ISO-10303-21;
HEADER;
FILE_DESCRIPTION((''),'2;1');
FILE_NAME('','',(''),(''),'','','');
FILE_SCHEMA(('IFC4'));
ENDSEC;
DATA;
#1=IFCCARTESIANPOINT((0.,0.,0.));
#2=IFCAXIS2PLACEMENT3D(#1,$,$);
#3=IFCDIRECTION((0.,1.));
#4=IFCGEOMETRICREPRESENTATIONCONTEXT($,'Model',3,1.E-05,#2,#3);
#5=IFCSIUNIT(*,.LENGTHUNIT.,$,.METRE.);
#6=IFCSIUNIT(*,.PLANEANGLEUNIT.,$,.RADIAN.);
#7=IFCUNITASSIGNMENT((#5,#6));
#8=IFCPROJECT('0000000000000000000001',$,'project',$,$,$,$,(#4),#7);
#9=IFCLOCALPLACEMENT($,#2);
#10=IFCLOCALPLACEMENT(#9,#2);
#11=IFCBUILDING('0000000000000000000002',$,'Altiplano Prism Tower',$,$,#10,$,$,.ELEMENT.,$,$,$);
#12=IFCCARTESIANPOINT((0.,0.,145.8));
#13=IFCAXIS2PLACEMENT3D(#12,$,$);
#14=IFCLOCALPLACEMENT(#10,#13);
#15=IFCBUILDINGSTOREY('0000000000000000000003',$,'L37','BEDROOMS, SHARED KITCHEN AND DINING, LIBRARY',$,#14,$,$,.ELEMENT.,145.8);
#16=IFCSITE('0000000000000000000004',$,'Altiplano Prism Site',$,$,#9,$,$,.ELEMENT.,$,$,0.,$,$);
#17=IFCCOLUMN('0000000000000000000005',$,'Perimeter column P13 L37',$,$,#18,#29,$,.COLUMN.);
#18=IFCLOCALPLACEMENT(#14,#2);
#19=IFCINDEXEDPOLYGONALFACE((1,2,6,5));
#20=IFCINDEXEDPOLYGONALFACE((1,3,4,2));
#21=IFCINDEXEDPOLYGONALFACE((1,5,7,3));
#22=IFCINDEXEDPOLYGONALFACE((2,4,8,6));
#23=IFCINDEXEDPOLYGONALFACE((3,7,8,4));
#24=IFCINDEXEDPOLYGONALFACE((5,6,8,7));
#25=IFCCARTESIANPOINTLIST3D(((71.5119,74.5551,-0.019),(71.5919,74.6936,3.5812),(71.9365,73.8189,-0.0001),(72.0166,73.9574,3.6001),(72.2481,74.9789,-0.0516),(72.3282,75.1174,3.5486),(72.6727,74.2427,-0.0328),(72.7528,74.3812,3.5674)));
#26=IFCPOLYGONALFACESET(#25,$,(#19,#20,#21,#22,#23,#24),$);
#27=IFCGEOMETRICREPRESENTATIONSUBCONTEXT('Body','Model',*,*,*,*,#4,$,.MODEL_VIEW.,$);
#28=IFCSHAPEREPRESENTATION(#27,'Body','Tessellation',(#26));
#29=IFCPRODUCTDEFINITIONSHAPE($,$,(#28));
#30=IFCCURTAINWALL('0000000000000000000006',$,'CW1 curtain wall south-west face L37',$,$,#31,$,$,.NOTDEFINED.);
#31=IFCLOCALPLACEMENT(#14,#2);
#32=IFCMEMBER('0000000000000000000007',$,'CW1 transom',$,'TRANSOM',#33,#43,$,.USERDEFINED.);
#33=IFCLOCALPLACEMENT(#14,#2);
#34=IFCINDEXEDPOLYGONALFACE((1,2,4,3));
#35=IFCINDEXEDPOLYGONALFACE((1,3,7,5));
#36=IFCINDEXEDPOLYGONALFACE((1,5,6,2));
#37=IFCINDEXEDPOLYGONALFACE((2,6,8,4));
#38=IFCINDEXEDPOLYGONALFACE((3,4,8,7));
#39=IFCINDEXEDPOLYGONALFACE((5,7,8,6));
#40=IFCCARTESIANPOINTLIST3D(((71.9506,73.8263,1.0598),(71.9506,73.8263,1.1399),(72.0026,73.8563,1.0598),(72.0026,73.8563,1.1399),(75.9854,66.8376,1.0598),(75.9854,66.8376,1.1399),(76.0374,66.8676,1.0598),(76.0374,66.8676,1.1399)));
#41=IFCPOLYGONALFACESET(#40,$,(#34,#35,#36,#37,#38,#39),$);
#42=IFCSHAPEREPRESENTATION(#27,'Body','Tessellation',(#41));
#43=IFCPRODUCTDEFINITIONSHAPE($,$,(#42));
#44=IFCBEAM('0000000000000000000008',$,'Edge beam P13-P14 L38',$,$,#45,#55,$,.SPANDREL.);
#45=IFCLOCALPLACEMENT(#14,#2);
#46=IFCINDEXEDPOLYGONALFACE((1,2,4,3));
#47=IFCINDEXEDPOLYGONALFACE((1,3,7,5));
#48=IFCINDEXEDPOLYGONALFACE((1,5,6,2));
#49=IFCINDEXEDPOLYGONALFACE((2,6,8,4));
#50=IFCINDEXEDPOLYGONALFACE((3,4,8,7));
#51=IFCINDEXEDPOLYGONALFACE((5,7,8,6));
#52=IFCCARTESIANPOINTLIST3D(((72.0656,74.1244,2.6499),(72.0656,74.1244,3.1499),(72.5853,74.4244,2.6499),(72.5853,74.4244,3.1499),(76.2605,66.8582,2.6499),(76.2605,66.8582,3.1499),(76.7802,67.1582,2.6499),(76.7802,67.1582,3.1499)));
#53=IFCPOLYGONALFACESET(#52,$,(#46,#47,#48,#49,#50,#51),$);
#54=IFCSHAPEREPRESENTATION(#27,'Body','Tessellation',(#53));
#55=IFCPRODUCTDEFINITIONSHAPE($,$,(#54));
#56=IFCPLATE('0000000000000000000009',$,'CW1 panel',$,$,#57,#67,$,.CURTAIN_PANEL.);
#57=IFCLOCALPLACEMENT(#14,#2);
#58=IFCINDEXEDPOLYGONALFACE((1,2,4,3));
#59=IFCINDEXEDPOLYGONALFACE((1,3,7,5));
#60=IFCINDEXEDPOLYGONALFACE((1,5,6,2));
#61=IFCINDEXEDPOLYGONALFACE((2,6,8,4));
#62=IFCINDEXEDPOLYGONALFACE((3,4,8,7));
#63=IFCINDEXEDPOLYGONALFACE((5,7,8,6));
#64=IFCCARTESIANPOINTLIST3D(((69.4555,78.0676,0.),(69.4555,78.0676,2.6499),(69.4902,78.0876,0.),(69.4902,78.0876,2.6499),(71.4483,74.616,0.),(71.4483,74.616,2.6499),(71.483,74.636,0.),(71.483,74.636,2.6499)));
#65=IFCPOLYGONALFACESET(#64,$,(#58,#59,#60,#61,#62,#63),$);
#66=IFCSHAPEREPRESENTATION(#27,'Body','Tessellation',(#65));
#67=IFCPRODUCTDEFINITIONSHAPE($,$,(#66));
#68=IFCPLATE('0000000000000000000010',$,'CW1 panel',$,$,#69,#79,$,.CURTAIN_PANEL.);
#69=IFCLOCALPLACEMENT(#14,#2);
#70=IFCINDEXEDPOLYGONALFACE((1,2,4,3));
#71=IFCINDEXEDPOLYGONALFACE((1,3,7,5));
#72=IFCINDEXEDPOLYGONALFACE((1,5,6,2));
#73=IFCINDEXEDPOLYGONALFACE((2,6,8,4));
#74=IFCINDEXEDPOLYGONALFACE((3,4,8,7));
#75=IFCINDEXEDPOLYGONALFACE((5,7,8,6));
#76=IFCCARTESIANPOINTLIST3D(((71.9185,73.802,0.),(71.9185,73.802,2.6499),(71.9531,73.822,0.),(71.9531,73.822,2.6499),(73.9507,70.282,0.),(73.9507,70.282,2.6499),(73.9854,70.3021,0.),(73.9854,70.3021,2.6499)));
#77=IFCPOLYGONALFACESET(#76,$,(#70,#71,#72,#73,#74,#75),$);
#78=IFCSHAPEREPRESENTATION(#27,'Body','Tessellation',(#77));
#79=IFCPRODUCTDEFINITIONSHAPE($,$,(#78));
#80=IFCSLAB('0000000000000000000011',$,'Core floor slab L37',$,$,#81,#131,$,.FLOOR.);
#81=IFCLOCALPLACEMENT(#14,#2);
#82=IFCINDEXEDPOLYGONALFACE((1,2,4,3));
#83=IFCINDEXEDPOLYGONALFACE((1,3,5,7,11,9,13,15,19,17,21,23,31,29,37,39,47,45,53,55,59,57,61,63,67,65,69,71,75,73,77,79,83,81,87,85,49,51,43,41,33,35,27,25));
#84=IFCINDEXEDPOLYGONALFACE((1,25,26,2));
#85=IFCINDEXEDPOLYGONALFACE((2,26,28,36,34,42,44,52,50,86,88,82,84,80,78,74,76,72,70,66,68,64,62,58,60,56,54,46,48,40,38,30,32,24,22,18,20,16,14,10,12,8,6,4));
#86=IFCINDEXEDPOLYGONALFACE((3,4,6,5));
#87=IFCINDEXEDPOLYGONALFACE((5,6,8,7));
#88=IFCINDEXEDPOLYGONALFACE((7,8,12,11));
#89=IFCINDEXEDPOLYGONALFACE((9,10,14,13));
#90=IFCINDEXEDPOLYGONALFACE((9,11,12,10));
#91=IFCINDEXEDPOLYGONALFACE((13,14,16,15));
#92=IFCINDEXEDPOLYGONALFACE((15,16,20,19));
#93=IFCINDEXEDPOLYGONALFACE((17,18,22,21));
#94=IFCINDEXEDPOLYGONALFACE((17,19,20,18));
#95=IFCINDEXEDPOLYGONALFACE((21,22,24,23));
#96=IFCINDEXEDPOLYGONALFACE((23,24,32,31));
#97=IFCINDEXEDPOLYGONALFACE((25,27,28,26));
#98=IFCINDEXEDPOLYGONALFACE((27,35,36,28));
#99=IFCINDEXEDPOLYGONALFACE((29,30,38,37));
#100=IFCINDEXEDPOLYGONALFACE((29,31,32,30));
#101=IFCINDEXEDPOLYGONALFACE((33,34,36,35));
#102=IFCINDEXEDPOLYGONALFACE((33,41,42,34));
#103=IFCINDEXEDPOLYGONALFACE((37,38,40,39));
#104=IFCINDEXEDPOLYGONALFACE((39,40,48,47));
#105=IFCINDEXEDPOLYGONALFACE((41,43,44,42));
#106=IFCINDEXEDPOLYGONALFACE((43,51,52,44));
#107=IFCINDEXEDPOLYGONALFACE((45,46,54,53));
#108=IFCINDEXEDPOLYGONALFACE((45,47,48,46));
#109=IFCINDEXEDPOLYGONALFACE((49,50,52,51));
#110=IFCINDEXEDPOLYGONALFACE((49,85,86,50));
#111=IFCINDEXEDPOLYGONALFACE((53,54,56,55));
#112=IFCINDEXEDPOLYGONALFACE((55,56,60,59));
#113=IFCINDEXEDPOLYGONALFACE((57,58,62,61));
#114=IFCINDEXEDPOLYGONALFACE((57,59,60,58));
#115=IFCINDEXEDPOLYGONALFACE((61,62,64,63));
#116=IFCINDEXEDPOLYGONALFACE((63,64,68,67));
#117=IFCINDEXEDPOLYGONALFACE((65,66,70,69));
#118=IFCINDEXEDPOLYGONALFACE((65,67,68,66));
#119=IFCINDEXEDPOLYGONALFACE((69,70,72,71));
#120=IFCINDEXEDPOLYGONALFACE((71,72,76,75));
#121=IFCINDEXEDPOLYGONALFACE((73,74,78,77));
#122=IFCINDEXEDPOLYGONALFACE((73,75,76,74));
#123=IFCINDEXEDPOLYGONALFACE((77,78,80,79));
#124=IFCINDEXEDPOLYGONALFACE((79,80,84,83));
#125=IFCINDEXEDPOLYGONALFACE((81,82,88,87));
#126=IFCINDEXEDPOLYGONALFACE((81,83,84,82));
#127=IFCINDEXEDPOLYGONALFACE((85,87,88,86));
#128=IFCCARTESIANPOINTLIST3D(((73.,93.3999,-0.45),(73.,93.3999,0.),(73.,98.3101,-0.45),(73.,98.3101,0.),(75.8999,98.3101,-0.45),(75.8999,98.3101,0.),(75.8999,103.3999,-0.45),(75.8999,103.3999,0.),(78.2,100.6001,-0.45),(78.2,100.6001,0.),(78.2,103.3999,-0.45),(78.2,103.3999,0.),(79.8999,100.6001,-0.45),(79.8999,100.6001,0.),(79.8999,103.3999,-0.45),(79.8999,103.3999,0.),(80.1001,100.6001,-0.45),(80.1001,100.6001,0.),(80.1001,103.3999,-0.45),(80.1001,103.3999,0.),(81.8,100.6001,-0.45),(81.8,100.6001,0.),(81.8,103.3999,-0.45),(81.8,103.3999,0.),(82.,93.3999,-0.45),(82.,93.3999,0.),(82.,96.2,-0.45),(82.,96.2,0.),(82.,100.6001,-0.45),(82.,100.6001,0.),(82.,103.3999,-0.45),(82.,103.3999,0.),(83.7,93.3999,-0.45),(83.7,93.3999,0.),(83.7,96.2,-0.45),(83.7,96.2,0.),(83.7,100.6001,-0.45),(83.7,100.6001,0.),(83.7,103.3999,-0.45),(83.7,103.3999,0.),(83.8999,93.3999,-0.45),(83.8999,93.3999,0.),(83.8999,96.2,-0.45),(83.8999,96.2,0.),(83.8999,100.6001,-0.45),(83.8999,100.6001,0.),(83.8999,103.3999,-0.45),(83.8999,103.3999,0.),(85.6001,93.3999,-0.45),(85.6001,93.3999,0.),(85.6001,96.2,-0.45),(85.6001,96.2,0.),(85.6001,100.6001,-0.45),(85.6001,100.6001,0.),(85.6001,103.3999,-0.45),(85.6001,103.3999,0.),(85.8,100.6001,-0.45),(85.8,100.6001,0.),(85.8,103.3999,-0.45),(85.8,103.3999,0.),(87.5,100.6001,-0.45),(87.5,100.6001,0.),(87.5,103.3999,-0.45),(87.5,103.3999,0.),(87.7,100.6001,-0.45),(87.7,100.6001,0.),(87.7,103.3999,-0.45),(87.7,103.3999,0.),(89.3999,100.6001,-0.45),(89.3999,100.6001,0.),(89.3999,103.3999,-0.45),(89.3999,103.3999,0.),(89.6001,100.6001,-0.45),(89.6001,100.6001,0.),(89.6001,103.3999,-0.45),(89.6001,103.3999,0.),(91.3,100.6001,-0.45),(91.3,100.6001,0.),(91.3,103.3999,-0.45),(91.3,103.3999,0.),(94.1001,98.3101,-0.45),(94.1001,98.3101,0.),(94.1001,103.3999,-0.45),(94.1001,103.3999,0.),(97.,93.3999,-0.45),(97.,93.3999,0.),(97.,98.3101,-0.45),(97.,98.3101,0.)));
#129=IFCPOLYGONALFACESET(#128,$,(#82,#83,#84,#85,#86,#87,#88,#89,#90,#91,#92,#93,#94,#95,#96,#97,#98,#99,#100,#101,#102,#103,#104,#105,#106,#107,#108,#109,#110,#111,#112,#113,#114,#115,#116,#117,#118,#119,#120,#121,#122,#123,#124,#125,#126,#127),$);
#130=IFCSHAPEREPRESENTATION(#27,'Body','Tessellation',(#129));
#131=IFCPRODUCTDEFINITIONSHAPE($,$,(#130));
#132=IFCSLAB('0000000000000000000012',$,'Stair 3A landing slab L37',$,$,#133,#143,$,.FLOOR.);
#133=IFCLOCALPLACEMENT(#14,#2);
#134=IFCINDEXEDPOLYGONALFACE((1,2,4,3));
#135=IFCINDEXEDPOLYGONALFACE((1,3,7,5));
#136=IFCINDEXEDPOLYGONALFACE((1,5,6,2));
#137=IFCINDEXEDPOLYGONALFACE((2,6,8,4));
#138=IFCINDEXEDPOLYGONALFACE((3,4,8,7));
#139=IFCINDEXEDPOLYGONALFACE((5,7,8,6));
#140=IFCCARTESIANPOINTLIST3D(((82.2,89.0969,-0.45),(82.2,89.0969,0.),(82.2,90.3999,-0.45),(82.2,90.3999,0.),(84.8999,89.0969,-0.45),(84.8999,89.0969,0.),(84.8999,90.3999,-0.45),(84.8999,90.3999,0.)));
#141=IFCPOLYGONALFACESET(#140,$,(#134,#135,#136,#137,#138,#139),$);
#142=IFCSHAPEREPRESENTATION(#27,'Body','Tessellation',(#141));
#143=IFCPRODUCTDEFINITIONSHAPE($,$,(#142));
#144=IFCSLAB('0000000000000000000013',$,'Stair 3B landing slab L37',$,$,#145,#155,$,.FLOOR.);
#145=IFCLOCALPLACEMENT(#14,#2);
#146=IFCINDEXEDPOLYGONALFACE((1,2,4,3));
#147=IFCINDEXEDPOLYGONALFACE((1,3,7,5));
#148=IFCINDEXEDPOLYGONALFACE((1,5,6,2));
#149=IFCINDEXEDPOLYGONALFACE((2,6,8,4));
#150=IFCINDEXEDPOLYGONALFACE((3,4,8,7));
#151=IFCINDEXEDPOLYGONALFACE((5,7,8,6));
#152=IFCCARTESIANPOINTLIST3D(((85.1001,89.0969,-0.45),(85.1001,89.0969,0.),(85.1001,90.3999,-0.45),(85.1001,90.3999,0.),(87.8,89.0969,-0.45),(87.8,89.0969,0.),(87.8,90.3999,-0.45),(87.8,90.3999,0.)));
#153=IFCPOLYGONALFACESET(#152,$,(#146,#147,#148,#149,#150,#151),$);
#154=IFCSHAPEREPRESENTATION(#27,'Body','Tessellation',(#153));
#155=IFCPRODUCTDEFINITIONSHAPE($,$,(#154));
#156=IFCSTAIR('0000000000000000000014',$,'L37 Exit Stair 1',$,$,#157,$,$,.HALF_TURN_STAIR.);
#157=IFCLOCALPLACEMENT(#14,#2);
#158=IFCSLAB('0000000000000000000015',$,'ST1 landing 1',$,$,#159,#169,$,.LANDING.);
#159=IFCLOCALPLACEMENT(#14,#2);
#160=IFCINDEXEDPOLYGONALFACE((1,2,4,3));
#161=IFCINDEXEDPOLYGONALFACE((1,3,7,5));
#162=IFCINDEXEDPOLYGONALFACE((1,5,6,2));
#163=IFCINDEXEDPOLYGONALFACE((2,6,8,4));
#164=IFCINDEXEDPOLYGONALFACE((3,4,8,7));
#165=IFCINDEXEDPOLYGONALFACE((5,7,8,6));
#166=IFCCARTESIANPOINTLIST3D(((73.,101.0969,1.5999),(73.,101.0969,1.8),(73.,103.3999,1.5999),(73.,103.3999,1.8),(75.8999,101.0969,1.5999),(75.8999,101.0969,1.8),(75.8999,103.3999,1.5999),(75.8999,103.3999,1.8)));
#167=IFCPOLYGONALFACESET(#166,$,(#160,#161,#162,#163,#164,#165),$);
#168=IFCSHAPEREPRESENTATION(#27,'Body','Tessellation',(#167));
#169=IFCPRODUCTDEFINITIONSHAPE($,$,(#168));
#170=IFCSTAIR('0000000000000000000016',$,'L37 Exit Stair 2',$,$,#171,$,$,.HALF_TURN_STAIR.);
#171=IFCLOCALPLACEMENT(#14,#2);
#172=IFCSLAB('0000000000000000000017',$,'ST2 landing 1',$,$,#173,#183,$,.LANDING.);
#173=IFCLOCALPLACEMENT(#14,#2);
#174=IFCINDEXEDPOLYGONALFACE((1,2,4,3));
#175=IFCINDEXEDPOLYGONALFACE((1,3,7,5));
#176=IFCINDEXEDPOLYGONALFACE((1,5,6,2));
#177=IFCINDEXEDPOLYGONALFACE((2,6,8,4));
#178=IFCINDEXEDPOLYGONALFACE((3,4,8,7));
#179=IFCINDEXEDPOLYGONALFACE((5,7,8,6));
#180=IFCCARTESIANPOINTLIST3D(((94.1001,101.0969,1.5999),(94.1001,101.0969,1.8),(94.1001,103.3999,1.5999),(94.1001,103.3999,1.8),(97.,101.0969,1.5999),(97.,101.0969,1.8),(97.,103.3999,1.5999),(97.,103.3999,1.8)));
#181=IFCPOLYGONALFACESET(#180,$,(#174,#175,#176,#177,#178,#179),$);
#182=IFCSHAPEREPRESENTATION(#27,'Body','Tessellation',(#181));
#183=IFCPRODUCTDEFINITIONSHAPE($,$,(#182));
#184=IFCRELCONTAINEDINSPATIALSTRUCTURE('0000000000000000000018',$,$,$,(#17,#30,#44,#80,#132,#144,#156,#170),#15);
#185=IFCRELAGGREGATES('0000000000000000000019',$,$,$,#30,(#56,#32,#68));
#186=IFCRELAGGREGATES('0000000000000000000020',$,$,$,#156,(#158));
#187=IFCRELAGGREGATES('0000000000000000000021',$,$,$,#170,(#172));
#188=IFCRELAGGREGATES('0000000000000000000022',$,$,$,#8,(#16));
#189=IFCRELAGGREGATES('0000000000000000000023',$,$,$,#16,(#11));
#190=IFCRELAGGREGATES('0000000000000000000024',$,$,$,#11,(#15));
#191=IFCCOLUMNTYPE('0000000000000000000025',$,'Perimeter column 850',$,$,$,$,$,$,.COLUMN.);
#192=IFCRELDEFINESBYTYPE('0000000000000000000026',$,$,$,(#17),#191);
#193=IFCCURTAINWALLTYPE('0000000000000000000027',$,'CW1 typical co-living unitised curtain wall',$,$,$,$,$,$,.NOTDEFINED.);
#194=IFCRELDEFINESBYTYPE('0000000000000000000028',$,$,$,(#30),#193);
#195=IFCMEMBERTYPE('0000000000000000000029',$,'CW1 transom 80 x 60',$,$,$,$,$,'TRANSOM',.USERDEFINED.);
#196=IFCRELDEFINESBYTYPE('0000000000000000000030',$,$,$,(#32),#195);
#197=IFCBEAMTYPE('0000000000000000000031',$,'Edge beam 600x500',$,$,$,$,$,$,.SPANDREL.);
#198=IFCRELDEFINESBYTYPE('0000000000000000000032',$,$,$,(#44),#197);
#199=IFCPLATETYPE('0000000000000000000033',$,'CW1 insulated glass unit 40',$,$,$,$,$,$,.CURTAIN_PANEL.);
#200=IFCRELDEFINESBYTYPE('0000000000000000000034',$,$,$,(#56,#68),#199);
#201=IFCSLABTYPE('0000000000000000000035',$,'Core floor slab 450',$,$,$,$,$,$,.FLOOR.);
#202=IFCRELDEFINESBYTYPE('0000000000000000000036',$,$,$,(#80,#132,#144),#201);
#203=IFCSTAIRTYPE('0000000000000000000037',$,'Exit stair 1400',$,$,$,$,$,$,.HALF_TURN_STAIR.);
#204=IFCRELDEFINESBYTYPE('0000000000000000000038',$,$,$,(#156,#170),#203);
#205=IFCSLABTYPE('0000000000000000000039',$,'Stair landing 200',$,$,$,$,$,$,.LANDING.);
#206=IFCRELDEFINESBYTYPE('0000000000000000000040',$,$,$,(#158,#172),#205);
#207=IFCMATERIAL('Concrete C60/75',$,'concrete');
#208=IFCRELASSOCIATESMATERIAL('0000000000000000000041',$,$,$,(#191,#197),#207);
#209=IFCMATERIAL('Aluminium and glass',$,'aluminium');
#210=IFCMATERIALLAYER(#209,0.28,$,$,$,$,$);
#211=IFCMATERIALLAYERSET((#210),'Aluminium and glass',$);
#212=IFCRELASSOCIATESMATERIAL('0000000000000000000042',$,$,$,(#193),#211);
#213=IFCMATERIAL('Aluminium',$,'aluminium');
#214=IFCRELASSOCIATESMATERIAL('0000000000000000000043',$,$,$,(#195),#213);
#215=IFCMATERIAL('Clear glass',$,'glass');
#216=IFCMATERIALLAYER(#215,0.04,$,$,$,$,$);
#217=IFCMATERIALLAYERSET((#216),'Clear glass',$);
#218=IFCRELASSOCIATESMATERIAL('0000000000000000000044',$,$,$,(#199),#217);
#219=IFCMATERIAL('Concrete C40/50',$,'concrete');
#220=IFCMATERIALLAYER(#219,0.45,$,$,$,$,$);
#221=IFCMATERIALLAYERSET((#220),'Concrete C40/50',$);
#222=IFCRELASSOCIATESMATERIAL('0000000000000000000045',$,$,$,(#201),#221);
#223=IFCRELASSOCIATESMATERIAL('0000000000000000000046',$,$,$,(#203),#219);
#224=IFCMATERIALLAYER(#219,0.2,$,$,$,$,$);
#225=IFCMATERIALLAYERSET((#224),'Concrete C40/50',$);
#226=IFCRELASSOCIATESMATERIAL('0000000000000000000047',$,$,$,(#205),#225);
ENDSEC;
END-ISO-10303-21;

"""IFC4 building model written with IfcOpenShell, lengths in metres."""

from ifc_helpers import new_model, si_unit, direction, frame, origin, origin_2d, place, context, subcontext, project, spatial, polyline, rectangle, outline, extrude, material, layer, layer_set, material_profile, profile_set, type_object, element, aggregate, save


model = new_model("IFC4")

# Units and contexts
model_context = context("Model", 3, precision=1e-05, world=origin(), true_north=direction((0.0, 1.0)))
body_context = subcontext(model_context, "Body", "Model", "MODEL_VIEW")
ifc_project = project(units=[si_unit("LENGTHUNIT", "METRE"), si_unit("PLANEANGLEUNIT", "RADIAN")], contexts=[model_context])

# Site, building, storey
site_placement = place(None, origin())
site = spatial("IfcSite", under=ifc_project, at=site_placement, Name="Altiplano Prism Site", CompositionType="ELEMENT", RefElevation=0.0)
building_placement = place(site_placement, origin())
building = spatial("IfcBuilding", under=site, at=building_placement, Name="Altiplano Prism Tower", CompositionType="ELEMENT")
storey_placement = place(building_placement, frame((0.0, 0.0, 145.8)))
storey = spatial("IfcBuildingStorey", under=building, at=storey_placement, Name="L37", Description="BEDROOMS, SHARED KITCHEN AND DINING, LIBRARY", CompositionType="ELEMENT", Elevation=145.8)

# Column
ifc_material_1 = material(Name="Concrete C60/75", Category="concrete")
ifc_material_profile_1 = material_profile(ifc_material_1, rectangle(XDim=0.8501, YDim=0.8501, at=origin_2d()), Name="Perimeter column 850")
ifc_profile_set_1 = profile_set([ifc_material_profile_1], Name="Concrete C60/75")
column_type = type_object("IfcColumnType", Name="Perimeter column 850", PredefinedType="COLUMN", material=ifc_profile_set_1)
column_placement = place(storey_placement, frame((72.0923, 74.3989, -0.0259), z_axis=(0.022221, 0.038413, 0.999015), x_axis=(-0.866024, -0.498523, 0.038432)))
element("IfcColumn", 1, at=column_placement, inside=storey, type_object=column_type, Name="Perimeter column P13 L37", PredefinedType="COLUMN", context=body_context, shape_type="SweptSolid", body=[
    extrude(rectangle(XDim=0.8501, YDim=0.8501, at=origin_2d()), origin(), (0.0, 0.0, 1.0), 3.6038),
])

# Curtain wall, member
ifc_material_2 = material(Name="Aluminium and glass", Category="aluminium")
ifc_layer_1 = layer(ifc_material_2, 0.28)
ifc_layer_set_1 = layer_set([ifc_layer_1], Name="Aluminium and glass")
curtain_wall_type = type_object("IfcCurtainWallType", Name="CW1 typical co-living unitised curtain wall", PredefinedType="NOTDEFINED", material=ifc_layer_set_1)
curtain_wall_placement = place(storey_placement, origin())
curtain_wall = element("IfcCurtainWall", 2, at=curtain_wall_placement, inside=storey, type_object=curtain_wall_type, Name="CW1 curtain wall south-west face L37", PredefinedType="NOTDEFINED")
ifc_material_3 = material(Name="Aluminium", Category="aluminium")
ifc_material_profile_2 = material_profile(ifc_material_3, rectangle(XDim=0.0601, YDim=0.0801, at=origin_2d()), Name="CW1 transom 80 x 60")
ifc_profile_set_2 = profile_set([ifc_material_profile_2], Name="Aluminium")
member_type = type_object("IfcMemberType", Name="CW1 transom 80 x 60", ElementType="TRANSOM", PredefinedType="USERDEFINED", material=ifc_profile_set_2)
member_placement = place(storey_placement, frame((71.9766, 73.8413, 1.0999), z_axis=(0.499995, -0.866028, 0.0), x_axis=(0.866028, 0.499995, 0.0)))
member = element("IfcMember", 3, at=member_placement, type_object=member_type, Name="CW1 transom", ObjectType="TRANSOM", PredefinedType="USERDEFINED", context=body_context, shape_type="SweptSolid", body=[
    extrude(rectangle(XDim=0.0601, YDim=0.0801, at=origin_2d()), origin(), (0.0, 0.0, 1.0), 8.0698),
])

# Beam
ifc_material_profile_3 = material_profile(ifc_material_1, rectangle(XDim=0.6001, YDim=0.5, at=origin_2d()), Name="Edge beam 600x500")
ifc_profile_set_3 = profile_set([ifc_material_profile_3], Name="Concrete C60/75")
beam_type = type_object("IfcBeamType", Name="Edge beam 600x500", PredefinedType="SPANDREL", material=ifc_profile_set_3)
beam_placement = place(storey_placement, frame((72.3254, 74.2744, 2.8999), z_axis=(0.499976, -0.866039, 0.0), x_axis=(0.866039, 0.499976, 0.0)))
element("IfcBeam", 4, at=beam_placement, inside=storey, type_object=beam_type, Name="Edge beam P13-P14 L38", PredefinedType="SPANDREL", context=body_context, shape_type="SweptSolid", body=[
    extrude(rectangle(XDim=0.6001, YDim=0.5, at=origin_2d()), origin(), (0.0, 0.0, 1.0), 8.3901),
])

# Plates
ifc_material_4 = material(Name="Clear glass", Category="glass")
ifc_layer_2 = layer(ifc_material_4, 0.04)
ifc_layer_set_2 = layer_set([ifc_layer_2], Name="Clear glass")
plate_type = type_object("IfcPlateType", Name="CW1 insulated glass unit 40", PredefinedType="CURTAIN_PANEL", material=ifc_layer_set_2)
plate_1_placement = place(storey_placement, frame((70.4692, 76.3518, 0.0), z_axis=(0.0, 0.0, 1.0), x_axis=(0.5, -0.866025, 0.0)))
plate_1 = element("IfcPlate", 5, at=plate_1_placement, type_object=plate_type, Name="CW1 panel", PredefinedType="CURTAIN_PANEL", context=body_context, shape_type="SweptSolid", body=[
    extrude(rectangle(XDim=3.9856, YDim=0.04, at=origin_2d()), origin(), (0.0, 0.0, 1.0), 2.6499),
])
plate_2_placement = place(storey_placement, frame((72.9519, 72.052, 0.0), z_axis=(0.0, 0.0, 1.0), x_axis=(0.5, -0.866025, 0.0)))
plate_2 = element("IfcPlate", 6, at=plate_2_placement, type_object=plate_type, Name="CW1 panel", PredefinedType="CURTAIN_PANEL", context=body_context, shape_type="SweptSolid", body=[
    extrude(rectangle(XDim=4.0645, YDim=0.04, at=origin_2d()), origin(), (0.0, 0.0, 1.0), 2.6499),
])
aggregate(curtain_wall, [plate_1, member, plate_2])

# Slabs
ifc_material_5 = material(Name="Concrete C40/50", Category="concrete")
ifc_layer_3 = layer(ifc_material_5, 0.45)
ifc_layer_set_3 = layer_set([ifc_layer_3], Name="Concrete C40/50")
slab_type_1 = type_object("IfcSlabType", Name="Core floor slab 450", PredefinedType="FLOOR", material=ifc_layer_set_3)
slab_1_placement = place(storey_placement, frame((0.0, 0.0, -0.45)))
element("IfcSlab", 7, at=slab_1_placement, inside=storey, type_object=slab_type_1, Name="Core floor slab L37", PredefinedType="FLOOR", context=body_context, shape_type="SweptSolid", body=[
    extrude(outline(polyline([(97.0, 98.3101), (94.1001, 98.3101), (94.1001, 103.3999), (91.3, 103.3999), (91.3, 100.6001), (89.6001, 100.6001), (89.6001, 103.3999), (89.3999, 103.3999), (89.3999, 100.6001), (87.7, 100.6001), (87.7, 103.3999), (87.5, 103.3999), (87.5, 100.6001), (85.8, 100.6001), (85.8, 103.3999), (85.6001, 103.3999), (85.6001, 100.6001), (83.8999, 100.6001), (83.8999, 103.3999), (83.7, 103.3999), (83.7, 100.6001), (82.0, 100.6001), (82.0, 103.3999), (81.8, 103.3999), (81.8, 100.6001), (80.1001, 100.6001), (80.1001, 103.3999), (79.8999, 103.3999), (79.8999, 100.6001), (78.2, 100.6001), (78.2, 103.3999), (75.8999, 103.3999), (75.8999, 98.3101), (73.0, 98.3101), (73.0, 93.3999), (82.0, 93.3999), (82.0, 96.2), (83.7, 96.2), (83.7, 93.3999), (83.8999, 93.3999), (83.8999, 96.2), (85.6001, 96.2), (85.6001, 93.3999), (97.0, 93.3999), (97.0, 98.3101)])), origin(), (0.0, 0.0, 1.0), 0.45),
])
slab_2_placement = place(storey_placement, frame((0.0, 0.0, -0.45)))
element("IfcSlab", 8, at=slab_2_placement, inside=storey, type_object=slab_type_1, Name="Stair 3A landing slab L37", PredefinedType="FLOOR", context=body_context, shape_type="SweptSolid", body=[
    extrude(outline(polyline([(82.2, 89.0969), (84.8999, 89.0969), (84.8999, 90.3999), (82.2, 90.3999), (82.2, 89.0969)])), origin(), (0.0, 0.0, 1.0), 0.45),
])
slab_3_placement = place(storey_placement, frame((0.0, 0.0, -0.45)))
element("IfcSlab", 9, at=slab_3_placement, inside=storey, type_object=slab_type_1, Name="Stair 3B landing slab L37", PredefinedType="FLOOR", context=body_context, shape_type="SweptSolid", body=[
    extrude(outline(polyline([(85.1001, 89.0969), (87.8, 89.0969), (87.8, 90.3999), (85.1001, 90.3999), (85.1001, 89.0969)])), origin(), (0.0, 0.0, 1.0), 0.45),
])

# Stairs, slabs
stair_type_1 = type_object("IfcStairType", Name="Exit stair 1400", PredefinedType="HALF_TURN_STAIR", material=ifc_material_5)
stair_1_placement = place(storey_placement, origin())
stair_1 = element("IfcStair", 10, at=stair_1_placement, inside=storey, type_object=stair_type_1, Name="L37 Exit Stair 1", PredefinedType="HALF_TURN_STAIR")
ifc_layer_4 = layer(ifc_material_5, 0.2)
ifc_layer_set_4 = layer_set([ifc_layer_4], Name="Concrete C40/50")
slab_type_2 = type_object("IfcSlabType", Name="Stair landing 200", PredefinedType="LANDING", material=ifc_layer_set_4)
slab_4_placement = place(storey_placement, frame((0.0, 0.0, 1.5999)))
slab_4 = element("IfcSlab", 11, at=slab_4_placement, type_object=slab_type_2, Name="ST1 landing 1", PredefinedType="LANDING", context=body_context, shape_type="SweptSolid", body=[
    extrude(outline(polyline([(75.8999, 101.0969), (75.8999, 103.3999), (73.0, 103.3999), (73.0, 101.0969), (75.8999, 101.0969)])), origin(), (0.0, 0.0, 1.0), 0.2002),
])
aggregate(stair_1, [slab_4])
stair_2_placement = place(storey_placement, origin())
stair_2 = element("IfcStair", 12, at=stair_2_placement, inside=storey, type_object=stair_type_1, Name="L37 Exit Stair 2", PredefinedType="HALF_TURN_STAIR")
slab_5_placement = place(storey_placement, frame((0.0, 0.0, 1.5999)))
slab_5 = element("IfcSlab", 13, at=slab_5_placement, type_object=slab_type_2, Name="ST2 landing 1", PredefinedType="LANDING", context=body_context, shape_type="SweptSolid", body=[
    extrude(outline(polyline([(97.0, 101.0969), (97.0, 103.3999), (94.1001, 103.3999), (94.1001, 101.0969), (97.0, 101.0969)])), origin(), (0.0, 0.0, 1.0), 0.2002),
])
aggregate(stair_2, [slab_5])

save(model, "model.ifc")
